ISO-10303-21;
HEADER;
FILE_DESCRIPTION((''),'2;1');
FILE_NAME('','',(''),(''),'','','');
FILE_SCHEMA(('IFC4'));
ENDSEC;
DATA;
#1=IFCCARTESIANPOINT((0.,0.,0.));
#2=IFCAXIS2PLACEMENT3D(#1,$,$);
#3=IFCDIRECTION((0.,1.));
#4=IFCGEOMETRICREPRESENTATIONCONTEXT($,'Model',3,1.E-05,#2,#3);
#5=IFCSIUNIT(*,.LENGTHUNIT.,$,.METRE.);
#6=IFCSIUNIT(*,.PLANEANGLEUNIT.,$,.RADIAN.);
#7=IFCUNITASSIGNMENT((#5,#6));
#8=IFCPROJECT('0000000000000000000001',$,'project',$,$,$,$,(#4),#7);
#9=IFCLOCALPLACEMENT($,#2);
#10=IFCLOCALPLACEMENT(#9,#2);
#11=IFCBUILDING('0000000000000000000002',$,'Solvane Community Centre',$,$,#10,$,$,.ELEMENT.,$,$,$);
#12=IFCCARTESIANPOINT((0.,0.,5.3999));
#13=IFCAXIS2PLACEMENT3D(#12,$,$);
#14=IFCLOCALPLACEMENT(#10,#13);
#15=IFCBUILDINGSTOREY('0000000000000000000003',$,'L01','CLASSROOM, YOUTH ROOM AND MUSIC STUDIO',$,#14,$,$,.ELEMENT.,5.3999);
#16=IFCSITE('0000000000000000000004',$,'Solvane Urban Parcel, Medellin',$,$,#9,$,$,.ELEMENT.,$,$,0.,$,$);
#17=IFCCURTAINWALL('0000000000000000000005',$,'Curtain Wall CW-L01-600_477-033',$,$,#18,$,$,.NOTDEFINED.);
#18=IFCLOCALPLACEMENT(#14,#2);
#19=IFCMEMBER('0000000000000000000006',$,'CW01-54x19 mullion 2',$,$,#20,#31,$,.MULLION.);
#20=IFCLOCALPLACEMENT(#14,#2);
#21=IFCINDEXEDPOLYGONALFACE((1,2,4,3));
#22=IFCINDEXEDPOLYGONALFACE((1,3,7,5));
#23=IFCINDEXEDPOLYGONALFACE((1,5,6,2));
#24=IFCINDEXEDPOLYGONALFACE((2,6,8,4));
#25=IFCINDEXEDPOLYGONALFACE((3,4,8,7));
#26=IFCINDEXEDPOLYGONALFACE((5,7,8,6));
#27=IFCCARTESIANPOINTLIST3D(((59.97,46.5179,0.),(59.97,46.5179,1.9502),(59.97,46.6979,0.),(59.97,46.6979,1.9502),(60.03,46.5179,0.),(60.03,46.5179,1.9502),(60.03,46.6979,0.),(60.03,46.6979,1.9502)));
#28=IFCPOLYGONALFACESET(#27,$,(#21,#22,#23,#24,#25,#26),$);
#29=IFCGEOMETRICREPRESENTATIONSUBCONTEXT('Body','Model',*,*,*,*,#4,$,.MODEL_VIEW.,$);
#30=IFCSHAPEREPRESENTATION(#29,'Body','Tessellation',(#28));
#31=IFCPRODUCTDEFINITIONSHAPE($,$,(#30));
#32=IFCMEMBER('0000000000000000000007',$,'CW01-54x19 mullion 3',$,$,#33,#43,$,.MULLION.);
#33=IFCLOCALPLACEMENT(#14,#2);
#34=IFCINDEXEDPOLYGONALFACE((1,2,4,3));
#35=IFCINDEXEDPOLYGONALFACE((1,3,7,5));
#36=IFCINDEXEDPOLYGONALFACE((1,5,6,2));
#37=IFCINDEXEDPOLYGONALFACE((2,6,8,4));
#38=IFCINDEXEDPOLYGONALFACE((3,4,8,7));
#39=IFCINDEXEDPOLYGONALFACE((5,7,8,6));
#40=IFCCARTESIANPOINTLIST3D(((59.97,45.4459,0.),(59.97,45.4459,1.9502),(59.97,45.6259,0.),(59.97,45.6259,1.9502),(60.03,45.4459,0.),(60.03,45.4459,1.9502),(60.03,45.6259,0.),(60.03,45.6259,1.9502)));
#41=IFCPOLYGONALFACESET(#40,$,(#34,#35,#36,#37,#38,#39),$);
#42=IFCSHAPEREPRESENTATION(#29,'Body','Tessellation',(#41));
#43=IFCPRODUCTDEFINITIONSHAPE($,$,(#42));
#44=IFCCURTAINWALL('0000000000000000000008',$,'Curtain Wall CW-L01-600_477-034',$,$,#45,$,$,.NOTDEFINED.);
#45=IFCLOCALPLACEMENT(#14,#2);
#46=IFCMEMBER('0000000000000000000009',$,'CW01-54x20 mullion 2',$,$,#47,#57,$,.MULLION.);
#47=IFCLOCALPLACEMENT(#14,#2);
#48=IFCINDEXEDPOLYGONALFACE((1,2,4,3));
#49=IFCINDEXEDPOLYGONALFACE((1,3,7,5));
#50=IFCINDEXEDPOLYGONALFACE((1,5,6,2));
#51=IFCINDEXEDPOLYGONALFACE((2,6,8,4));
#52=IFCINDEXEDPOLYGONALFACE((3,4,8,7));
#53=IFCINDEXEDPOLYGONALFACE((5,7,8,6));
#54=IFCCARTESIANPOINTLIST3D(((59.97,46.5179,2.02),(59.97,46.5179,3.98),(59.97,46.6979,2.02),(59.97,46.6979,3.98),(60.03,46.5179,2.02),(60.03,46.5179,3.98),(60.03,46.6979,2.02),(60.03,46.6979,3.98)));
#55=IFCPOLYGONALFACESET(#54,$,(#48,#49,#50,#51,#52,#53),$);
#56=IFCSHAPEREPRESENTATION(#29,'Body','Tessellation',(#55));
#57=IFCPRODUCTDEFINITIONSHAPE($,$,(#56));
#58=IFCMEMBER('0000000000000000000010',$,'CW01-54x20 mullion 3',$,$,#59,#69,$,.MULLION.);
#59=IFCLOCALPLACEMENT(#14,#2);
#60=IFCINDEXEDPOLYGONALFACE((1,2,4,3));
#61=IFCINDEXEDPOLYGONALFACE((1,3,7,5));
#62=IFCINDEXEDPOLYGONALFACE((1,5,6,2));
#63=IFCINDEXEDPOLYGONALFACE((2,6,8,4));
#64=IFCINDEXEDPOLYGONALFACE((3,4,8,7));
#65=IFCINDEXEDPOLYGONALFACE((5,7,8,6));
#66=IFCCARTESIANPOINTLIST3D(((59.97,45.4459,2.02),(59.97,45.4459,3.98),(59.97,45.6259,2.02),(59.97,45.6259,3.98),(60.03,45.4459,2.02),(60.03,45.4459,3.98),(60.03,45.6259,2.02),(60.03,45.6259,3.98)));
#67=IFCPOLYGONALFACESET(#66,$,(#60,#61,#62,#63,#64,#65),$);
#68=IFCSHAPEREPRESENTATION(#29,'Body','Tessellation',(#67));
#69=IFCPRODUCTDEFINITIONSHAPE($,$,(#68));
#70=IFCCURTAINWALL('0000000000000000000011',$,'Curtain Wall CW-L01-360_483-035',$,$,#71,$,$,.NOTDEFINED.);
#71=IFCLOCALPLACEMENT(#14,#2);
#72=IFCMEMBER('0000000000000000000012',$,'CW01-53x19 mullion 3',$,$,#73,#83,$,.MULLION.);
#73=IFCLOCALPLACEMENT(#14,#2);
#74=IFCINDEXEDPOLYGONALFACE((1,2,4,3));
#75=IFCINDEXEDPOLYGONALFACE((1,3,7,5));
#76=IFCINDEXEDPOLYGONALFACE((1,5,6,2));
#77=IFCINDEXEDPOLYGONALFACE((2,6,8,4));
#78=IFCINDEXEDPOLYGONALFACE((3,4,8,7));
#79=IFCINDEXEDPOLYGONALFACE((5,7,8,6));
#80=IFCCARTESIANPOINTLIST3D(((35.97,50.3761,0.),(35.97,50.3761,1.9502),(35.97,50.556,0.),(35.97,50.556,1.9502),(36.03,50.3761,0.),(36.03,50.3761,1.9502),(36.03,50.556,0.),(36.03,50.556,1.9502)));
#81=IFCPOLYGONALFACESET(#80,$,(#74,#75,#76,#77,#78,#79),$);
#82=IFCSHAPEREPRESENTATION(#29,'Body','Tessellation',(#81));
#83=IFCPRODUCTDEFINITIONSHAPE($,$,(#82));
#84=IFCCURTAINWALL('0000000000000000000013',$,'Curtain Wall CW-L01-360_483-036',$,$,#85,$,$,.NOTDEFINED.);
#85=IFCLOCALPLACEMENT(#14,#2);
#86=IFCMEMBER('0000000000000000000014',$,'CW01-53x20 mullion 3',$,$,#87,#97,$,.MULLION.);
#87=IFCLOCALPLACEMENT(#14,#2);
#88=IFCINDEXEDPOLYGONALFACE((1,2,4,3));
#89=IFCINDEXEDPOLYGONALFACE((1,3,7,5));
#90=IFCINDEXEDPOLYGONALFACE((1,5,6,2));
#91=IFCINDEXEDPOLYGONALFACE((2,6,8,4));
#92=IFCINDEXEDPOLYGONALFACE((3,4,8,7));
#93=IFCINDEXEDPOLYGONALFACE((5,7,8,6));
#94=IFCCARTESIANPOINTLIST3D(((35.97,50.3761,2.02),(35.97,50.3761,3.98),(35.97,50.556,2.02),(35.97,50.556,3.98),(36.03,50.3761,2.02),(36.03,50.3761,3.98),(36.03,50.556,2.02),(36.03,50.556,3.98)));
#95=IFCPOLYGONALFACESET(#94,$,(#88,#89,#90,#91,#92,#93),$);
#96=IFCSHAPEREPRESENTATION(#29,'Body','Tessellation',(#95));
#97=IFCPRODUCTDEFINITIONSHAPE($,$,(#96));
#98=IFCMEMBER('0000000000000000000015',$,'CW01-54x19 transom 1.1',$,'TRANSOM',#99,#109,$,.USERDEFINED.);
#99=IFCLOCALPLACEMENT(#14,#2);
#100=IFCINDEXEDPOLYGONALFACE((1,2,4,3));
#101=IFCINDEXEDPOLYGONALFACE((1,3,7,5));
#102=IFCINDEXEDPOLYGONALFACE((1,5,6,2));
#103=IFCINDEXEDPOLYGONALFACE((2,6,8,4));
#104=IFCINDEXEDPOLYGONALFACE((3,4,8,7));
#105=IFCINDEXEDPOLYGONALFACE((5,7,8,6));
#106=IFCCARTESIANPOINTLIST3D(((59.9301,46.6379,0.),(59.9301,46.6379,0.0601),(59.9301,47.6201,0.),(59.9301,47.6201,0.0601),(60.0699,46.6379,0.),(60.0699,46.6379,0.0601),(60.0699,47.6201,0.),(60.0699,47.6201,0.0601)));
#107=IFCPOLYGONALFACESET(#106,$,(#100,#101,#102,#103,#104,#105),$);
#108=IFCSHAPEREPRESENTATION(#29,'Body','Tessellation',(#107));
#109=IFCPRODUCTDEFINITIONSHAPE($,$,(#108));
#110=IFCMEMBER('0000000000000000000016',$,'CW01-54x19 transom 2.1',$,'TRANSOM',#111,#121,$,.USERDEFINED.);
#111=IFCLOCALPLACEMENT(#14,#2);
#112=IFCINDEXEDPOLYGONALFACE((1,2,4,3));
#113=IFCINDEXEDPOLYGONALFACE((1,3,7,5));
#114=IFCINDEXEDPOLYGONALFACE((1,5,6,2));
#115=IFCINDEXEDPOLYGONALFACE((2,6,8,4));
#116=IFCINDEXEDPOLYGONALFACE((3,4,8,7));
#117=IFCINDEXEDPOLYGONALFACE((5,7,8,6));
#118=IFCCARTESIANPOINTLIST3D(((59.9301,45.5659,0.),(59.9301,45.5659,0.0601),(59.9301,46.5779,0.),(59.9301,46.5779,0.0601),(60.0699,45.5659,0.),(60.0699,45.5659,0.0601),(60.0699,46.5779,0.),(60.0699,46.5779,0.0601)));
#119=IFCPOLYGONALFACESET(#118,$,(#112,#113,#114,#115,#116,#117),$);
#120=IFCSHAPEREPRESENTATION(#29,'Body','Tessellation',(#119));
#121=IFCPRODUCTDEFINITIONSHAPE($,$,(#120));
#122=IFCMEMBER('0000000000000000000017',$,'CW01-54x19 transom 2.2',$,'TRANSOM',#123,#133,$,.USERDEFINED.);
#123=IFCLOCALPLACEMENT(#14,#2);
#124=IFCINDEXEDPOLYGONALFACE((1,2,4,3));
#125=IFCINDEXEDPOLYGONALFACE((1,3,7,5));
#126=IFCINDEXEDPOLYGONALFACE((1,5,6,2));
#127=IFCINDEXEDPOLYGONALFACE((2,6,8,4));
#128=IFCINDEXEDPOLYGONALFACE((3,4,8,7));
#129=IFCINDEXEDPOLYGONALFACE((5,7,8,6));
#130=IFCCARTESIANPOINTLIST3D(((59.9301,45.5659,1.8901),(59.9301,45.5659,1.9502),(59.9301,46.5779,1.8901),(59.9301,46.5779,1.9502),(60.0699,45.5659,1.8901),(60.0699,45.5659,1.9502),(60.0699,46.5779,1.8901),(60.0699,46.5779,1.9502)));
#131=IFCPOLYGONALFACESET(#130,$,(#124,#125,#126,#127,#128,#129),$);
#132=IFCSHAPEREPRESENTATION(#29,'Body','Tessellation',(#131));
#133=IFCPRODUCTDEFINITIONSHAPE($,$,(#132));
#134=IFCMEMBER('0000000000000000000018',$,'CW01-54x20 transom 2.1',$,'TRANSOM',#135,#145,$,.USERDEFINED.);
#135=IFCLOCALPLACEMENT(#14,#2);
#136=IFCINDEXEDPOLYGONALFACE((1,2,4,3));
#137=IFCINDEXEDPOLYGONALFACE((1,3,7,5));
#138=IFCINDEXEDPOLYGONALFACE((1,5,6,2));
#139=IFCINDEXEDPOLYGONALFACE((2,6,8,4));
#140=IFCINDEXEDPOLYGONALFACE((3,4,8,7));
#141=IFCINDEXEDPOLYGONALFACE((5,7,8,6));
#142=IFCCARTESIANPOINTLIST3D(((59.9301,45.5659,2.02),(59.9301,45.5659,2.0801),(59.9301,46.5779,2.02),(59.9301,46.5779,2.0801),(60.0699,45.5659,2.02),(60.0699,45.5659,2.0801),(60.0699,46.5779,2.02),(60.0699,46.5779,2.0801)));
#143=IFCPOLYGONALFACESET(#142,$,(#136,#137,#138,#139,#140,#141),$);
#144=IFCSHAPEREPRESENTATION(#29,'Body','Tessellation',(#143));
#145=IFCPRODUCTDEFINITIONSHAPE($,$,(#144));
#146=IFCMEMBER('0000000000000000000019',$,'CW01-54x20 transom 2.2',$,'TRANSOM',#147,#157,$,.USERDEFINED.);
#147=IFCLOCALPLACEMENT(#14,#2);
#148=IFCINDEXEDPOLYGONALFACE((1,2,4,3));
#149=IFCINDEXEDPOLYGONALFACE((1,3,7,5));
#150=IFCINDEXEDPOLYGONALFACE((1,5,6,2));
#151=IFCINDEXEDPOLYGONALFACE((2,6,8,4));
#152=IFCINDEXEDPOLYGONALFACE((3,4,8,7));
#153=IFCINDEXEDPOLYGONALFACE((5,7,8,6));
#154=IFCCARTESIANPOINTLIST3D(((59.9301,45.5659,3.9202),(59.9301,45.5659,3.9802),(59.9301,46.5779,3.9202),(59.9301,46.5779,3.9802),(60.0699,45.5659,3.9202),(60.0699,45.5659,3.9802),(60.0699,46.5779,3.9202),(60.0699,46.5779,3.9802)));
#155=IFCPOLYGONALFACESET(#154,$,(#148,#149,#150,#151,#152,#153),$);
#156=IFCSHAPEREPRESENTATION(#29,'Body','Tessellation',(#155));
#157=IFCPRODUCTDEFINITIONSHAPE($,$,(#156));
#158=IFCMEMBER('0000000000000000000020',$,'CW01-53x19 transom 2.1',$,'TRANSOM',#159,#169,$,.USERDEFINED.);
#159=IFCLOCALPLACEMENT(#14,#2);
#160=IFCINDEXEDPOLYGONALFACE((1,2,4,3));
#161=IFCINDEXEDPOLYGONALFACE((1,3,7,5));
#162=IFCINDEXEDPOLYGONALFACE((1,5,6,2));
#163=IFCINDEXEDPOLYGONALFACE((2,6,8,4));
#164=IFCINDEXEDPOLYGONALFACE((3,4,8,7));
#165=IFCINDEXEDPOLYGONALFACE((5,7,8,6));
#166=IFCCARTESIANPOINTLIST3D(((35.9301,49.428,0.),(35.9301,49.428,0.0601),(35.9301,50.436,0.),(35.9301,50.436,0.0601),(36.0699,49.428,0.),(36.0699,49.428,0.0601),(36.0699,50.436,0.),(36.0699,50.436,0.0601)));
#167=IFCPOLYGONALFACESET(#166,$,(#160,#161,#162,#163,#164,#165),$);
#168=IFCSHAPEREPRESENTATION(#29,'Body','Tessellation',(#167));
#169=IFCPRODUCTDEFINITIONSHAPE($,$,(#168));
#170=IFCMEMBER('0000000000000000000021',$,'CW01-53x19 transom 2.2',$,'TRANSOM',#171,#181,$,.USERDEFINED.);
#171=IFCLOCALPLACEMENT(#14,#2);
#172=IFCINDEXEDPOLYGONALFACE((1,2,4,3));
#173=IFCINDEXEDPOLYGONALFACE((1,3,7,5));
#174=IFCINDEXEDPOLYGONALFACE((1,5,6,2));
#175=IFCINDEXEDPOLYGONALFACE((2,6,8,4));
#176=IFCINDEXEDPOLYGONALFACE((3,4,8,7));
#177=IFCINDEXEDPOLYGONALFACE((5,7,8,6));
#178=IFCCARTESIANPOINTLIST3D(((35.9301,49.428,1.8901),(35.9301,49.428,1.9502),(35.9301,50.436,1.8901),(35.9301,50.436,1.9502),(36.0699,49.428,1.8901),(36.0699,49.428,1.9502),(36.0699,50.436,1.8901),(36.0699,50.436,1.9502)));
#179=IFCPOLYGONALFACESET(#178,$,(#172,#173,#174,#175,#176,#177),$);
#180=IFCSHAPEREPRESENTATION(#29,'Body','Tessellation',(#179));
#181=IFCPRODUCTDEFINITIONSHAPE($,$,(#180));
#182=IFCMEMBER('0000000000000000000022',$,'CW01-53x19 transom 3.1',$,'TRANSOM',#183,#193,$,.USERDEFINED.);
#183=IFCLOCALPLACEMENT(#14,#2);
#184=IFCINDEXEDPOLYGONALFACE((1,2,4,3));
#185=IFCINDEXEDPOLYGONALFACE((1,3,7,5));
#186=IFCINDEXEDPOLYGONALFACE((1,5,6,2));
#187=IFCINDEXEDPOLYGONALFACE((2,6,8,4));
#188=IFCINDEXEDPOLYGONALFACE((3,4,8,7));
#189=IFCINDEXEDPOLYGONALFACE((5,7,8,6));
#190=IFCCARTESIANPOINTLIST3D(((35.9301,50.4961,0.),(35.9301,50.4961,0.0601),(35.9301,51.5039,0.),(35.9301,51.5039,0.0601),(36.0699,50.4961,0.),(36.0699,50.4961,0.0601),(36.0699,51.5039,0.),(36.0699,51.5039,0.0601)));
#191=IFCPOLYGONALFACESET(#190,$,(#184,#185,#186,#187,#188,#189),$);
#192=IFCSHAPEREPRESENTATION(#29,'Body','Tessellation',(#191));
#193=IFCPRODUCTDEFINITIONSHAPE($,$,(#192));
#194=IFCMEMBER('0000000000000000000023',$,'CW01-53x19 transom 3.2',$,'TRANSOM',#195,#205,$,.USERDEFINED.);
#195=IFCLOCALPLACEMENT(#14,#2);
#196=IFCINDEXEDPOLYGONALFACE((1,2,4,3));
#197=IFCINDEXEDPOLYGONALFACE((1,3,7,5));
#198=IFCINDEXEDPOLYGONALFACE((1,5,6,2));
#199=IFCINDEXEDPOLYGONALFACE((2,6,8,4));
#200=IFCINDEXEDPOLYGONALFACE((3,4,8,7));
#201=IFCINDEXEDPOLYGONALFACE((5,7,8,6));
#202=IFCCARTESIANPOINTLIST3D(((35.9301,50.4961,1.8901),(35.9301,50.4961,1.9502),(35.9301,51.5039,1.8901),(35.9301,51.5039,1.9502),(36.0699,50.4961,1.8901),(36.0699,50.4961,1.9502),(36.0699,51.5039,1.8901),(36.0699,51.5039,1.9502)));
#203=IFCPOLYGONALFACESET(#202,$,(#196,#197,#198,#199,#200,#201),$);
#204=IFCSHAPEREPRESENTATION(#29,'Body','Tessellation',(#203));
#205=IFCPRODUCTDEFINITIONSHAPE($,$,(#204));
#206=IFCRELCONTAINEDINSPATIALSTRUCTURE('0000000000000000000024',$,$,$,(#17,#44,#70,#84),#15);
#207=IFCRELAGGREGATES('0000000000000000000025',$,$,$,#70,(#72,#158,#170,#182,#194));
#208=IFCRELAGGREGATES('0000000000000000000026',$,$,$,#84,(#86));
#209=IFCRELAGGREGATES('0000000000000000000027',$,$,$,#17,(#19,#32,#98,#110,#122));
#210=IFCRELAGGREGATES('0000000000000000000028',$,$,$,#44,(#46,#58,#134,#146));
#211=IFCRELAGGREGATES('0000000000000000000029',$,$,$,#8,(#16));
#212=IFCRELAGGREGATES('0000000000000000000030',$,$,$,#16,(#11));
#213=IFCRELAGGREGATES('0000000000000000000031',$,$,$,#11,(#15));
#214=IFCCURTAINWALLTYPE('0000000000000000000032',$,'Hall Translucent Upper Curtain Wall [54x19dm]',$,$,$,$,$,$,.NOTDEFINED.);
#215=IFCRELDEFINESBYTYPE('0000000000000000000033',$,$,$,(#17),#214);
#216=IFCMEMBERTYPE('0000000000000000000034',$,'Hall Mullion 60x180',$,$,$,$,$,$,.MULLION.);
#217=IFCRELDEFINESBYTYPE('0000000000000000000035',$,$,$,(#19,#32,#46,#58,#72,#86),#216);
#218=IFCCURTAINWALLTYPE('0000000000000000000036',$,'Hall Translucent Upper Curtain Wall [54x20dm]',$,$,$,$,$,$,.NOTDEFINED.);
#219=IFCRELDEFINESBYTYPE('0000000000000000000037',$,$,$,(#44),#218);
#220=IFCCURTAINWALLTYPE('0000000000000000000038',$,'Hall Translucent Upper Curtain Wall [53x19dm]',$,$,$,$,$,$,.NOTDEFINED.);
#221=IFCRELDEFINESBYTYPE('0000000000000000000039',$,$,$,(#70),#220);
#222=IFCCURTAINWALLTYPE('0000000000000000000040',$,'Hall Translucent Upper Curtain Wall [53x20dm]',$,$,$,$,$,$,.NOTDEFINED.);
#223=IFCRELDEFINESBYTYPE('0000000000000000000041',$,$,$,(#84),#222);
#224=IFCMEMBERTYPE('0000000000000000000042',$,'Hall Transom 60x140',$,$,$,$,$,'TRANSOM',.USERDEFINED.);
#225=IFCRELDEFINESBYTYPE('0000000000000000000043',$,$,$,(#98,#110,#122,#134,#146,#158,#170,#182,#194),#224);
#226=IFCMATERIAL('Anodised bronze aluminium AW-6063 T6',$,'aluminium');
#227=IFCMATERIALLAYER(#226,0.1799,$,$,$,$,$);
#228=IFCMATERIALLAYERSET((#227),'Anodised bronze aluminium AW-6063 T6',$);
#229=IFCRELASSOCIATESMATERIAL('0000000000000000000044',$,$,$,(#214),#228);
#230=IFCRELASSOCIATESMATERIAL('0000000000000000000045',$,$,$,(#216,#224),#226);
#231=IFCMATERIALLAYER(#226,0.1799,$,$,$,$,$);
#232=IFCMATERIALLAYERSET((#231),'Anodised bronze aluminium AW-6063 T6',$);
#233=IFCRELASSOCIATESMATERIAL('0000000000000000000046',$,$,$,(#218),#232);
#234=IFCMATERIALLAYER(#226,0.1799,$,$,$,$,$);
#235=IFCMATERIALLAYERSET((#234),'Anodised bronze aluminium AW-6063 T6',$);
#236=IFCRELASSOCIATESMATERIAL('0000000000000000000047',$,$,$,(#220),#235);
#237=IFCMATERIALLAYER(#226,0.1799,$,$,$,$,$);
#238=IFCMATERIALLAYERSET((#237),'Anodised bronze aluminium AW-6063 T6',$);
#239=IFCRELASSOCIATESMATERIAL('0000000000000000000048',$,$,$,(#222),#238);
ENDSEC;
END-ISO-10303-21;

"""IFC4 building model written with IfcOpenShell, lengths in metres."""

from ifc_helpers import new_model, si_unit, direction, frame, origin, origin_2d, place, context, subcontext, project, spatial, rectangle, extrude, material, layer, layer_set, material_profile, profile_set, type_object, element, aggregate, save


model = new_model("IFC4")

# Units and contexts
model_context = context("Model", 3, precision=1e-05, world=origin(), true_north=direction((0.0, 1.0)))
body_context = subcontext(model_context, "Body", "Model", "MODEL_VIEW")
ifc_project = project(units=[si_unit("LENGTHUNIT", "METRE"), si_unit("PLANEANGLEUNIT", "RADIAN")], contexts=[model_context])

# Site, building, storey
site_placement = place(None, origin())
site = spatial("IfcSite", under=ifc_project, at=site_placement, Name="Solvane Urban Parcel, Medellin", CompositionType="ELEMENT", RefElevation=0.0)
building_placement = place(site_placement, origin())
building = spatial("IfcBuilding", under=site, at=building_placement, Name="Solvane Community Centre", CompositionType="ELEMENT")
storey_placement = place(building_placement, frame((0.0, 0.0, 5.3999)))
storey = spatial("IfcBuildingStorey", under=building, at=storey_placement, Name="L01", Description="CLASSROOM, YOUTH ROOM AND MUSIC STUDIO", CompositionType="ELEMENT", Elevation=5.3999)

# Curtain walls, members
ifc_material_1 = material(Name="Anodised bronze aluminium AW-6063 T6", Category="aluminium")
ifc_layer_1 = layer(ifc_material_1, 0.1799)
ifc_layer_set_1 = layer_set([ifc_layer_1], Name="Anodised bronze aluminium AW-6063 T6")
curtain_wall_type_1 = type_object("IfcCurtainWallType", Name="Hall Translucent Upper Curtain Wall [54x19dm]", PredefinedType="NOTDEFINED", material=ifc_layer_set_1)
curtain_wall_1_placement = place(storey_placement, origin())
curtain_wall_1 = element("IfcCurtainWall", 1, at=curtain_wall_1_placement, inside=storey, type_object=curtain_wall_type_1, Name="Curtain Wall CW-L01-600_477-033", PredefinedType="NOTDEFINED")
ifc_material_profile_1 = material_profile(ifc_material_1, rectangle(XDim=0.0601, YDim=0.1799, at=origin_2d()), Name="CW-M 60x180")
ifc_profile_set_1 = profile_set([ifc_material_profile_1], Name="Anodised bronze aluminium AW-6063 T6")
member_type_1 = type_object("IfcMemberType", Name="Hall Mullion 60x180", PredefinedType="MULLION", material=ifc_profile_set_1)
member_1_placement = place(storey_placement, frame((60.0, 46.6079, 0.0), z_axis=(0.0, 0.0, 1.0), x_axis=(1.0, 0.0, 0.0)))
member_1 = element("IfcMember", 2, at=member_1_placement, type_object=member_type_1, Name="CW01-54x19 mullion 2", PredefinedType="MULLION", context=body_context, shape_type="SweptSolid", body=[
    extrude(rectangle(XDim=0.0601, YDim=0.1799, at=origin_2d()), origin(), (0.0, 0.0, 1.0), 1.9502),
])
member_2_placement = place(storey_placement, frame((60.0, 45.5359, 0.0), z_axis=(0.0, 0.0, 1.0), x_axis=(1.0, 0.0, 0.0)))
member_2 = element("IfcMember", 3, at=member_2_placement, type_object=member_type_1, Name="CW01-54x19 mullion 3", PredefinedType="MULLION", context=body_context, shape_type="SweptSolid", body=[
    extrude(rectangle(XDim=0.0601, YDim=0.1799, at=origin_2d()), origin(), (0.0, 0.0, 1.0), 1.9502),
])
ifc_layer_2 = layer(ifc_material_1, 0.1799)
ifc_layer_set_2 = layer_set([ifc_layer_2], Name="Anodised bronze aluminium AW-6063 T6")
curtain_wall_type_2 = type_object("IfcCurtainWallType", Name="Hall Translucent Upper Curtain Wall [54x20dm]", PredefinedType="NOTDEFINED", material=ifc_layer_set_2)
curtain_wall_2_placement = place(storey_placement, origin())
curtain_wall_2 = element("IfcCurtainWall", 4, at=curtain_wall_2_placement, inside=storey, type_object=curtain_wall_type_2, Name="Curtain Wall CW-L01-600_477-034", PredefinedType="NOTDEFINED")
member_3_placement = place(storey_placement, frame((60.0, 46.6079, 2.02), z_axis=(0.0, 0.0, 1.0), x_axis=(1.0, 0.0, 0.0)))
member_3 = element("IfcMember", 5, at=member_3_placement, type_object=member_type_1, Name="CW01-54x20 mullion 2", PredefinedType="MULLION", context=body_context, shape_type="SweptSolid", body=[
    extrude(rectangle(XDim=0.0601, YDim=0.1799, at=origin_2d()), origin(), (0.0, 0.0, 1.0), 1.96),
])
member_4_placement = place(storey_placement, frame((60.0, 45.5359, 2.02), z_axis=(0.0, 0.0, 1.0), x_axis=(1.0, 0.0, 0.0)))
member_4 = element("IfcMember", 6, at=member_4_placement, type_object=member_type_1, Name="CW01-54x20 mullion 3", PredefinedType="MULLION", context=body_context, shape_type="SweptSolid", body=[
    extrude(rectangle(XDim=0.0601, YDim=0.1799, at=origin_2d()), origin(), (0.0, 0.0, 1.0), 1.96),
])

# Curtain walls, members
ifc_layer_3 = layer(ifc_material_1, 0.1799)
ifc_layer_set_3 = layer_set([ifc_layer_3], Name="Anodised bronze aluminium AW-6063 T6")
curtain_wall_type_3 = type_object("IfcCurtainWallType", Name="Hall Translucent Upper Curtain Wall [53x19dm]", PredefinedType="NOTDEFINED", material=ifc_layer_set_3)
curtain_wall_3_placement = place(storey_placement, origin())
curtain_wall_3 = element("IfcCurtainWall", 7, at=curtain_wall_3_placement, inside=storey, type_object=curtain_wall_type_3, Name="Curtain Wall CW-L01-360_483-035", PredefinedType="NOTDEFINED")
member_5_placement = place(storey_placement, frame((36.0, 50.4661, 0.0), z_axis=(0.0, 0.0, 1.0), x_axis=(-1.0, 0.0, 0.0)))
member_5 = element("IfcMember", 8, at=member_5_placement, type_object=member_type_1, Name="CW01-53x19 mullion 3", PredefinedType="MULLION", context=body_context, shape_type="SweptSolid", body=[
    extrude(rectangle(XDim=0.0601, YDim=0.1799, at=origin_2d()), origin(), (0.0, 0.0, 1.0), 1.9502),
])
ifc_layer_4 = layer(ifc_material_1, 0.1799)
ifc_layer_set_4 = layer_set([ifc_layer_4], Name="Anodised bronze aluminium AW-6063 T6")
curtain_wall_type_4 = type_object("IfcCurtainWallType", Name="Hall Translucent Upper Curtain Wall [53x20dm]", PredefinedType="NOTDEFINED", material=ifc_layer_set_4)
curtain_wall_4_placement = place(storey_placement, origin())
curtain_wall_4 = element("IfcCurtainWall", 9, at=curtain_wall_4_placement, inside=storey, type_object=curtain_wall_type_4, Name="Curtain Wall CW-L01-360_483-036", PredefinedType="NOTDEFINED")
member_6_placement = place(storey_placement, frame((36.0, 50.4661, 2.02), z_axis=(0.0, 0.0, 1.0), x_axis=(-1.0, 0.0, 0.0)))
member_6 = element("IfcMember", 10, at=member_6_placement, type_object=member_type_1, Name="CW01-53x20 mullion 3", PredefinedType="MULLION", context=body_context, shape_type="SweptSolid", body=[
    extrude(rectangle(XDim=0.0601, YDim=0.1799, at=origin_2d()), origin(), (0.0, 0.0, 1.0), 1.96),
])

# Members
ifc_material_profile_2 = material_profile(ifc_material_1, rectangle(XDim=0.1399, YDim=0.0601, at=origin_2d()), Name="CW-T 60x140")
ifc_profile_set_2 = profile_set([ifc_material_profile_2], Name="Anodised bronze aluminium AW-6063 T6")
member_type_2 = type_object("IfcMemberType", Name="Hall Transom 60x140", ElementType="TRANSOM", PredefinedType="USERDEFINED", material=ifc_profile_set_2)
member_7_placement = place(storey_placement, frame((60.0, 47.6201, 0.03), z_axis=(0.0, -1.0, 0.0), x_axis=(1.0, 0.0, 0.0)))
member_7 = element("IfcMember", 11, at=member_7_placement, type_object=member_type_2, Name="CW01-54x19 transom 1.1", ObjectType="TRANSOM", PredefinedType="USERDEFINED", context=body_context, shape_type="SweptSolid", body=[
    extrude(rectangle(XDim=0.1399, YDim=0.0601, at=origin_2d()), origin(), (0.0, 0.0, 1.0), 0.9822),
])
member_8_placement = place(storey_placement, frame((60.0, 46.5779, 0.03), z_axis=(0.0, -1.0, 0.0), x_axis=(1.0, 0.0, 0.0)))
member_8 = element("IfcMember", 12, at=member_8_placement, type_object=member_type_2, Name="CW01-54x19 transom 2.1", ObjectType="TRANSOM", PredefinedType="USERDEFINED", context=body_context, shape_type="SweptSolid", body=[
    extrude(rectangle(XDim=0.1399, YDim=0.0601, at=origin_2d()), origin(), (0.0, 0.0, 1.0), 1.012),
])
member_9_placement = place(storey_placement, frame((60.0, 46.5779, 1.9202), z_axis=(0.0, -1.0, 0.0), x_axis=(1.0, 0.0, 0.0)))
member_9 = element("IfcMember", 13, at=member_9_placement, type_object=member_type_2, Name="CW01-54x19 transom 2.2", ObjectType="TRANSOM", PredefinedType="USERDEFINED", context=body_context, shape_type="SweptSolid", body=[
    extrude(rectangle(XDim=0.1399, YDim=0.0601, at=origin_2d()), origin(), (0.0, 0.0, 1.0), 1.012),
])
member_10_placement = place(storey_placement, frame((60.0, 46.5779, 2.05), z_axis=(0.0, -1.0, 0.0), x_axis=(1.0, 0.0, 0.0)))
member_10 = element("IfcMember", 14, at=member_10_placement, type_object=member_type_2, Name="CW01-54x20 transom 2.1", ObjectType="TRANSOM", PredefinedType="USERDEFINED", context=body_context, shape_type="SweptSolid", body=[
    extrude(rectangle(XDim=0.1399, YDim=0.0601, at=origin_2d()), origin(), (0.0, 0.0, 1.0), 1.012),
])
member_11_placement = place(storey_placement, frame((60.0, 46.5779, 3.9502), z_axis=(0.0, -1.0, 0.0), x_axis=(1.0, 0.0, 0.0)))
member_11 = element("IfcMember", 15, at=member_11_placement, type_object=member_type_2, Name="CW01-54x20 transom 2.2", ObjectType="TRANSOM", PredefinedType="USERDEFINED", context=body_context, shape_type="SweptSolid", body=[
    extrude(rectangle(XDim=0.1399, YDim=0.0601, at=origin_2d()), origin(), (0.0, 0.0, 1.0), 1.012),
])
member_12_placement = place(storey_placement, frame((36.0, 49.428, 0.03), z_axis=(0.0, 1.0, 0.0), x_axis=(-1.0, 0.0, 0.0)))
member_12 = element("IfcMember", 16, at=member_12_placement, type_object=member_type_2, Name="CW01-53x19 transom 2.1", ObjectType="TRANSOM", PredefinedType="USERDEFINED", context=body_context, shape_type="SweptSolid", body=[
    extrude(rectangle(XDim=0.1399, YDim=0.0601, at=origin_2d()), origin(), (0.0, 0.0, 1.0), 1.0081),
])
member_13_placement = place(storey_placement, frame((36.0, 49.428, 1.9202), z_axis=(0.0, 1.0, 0.0), x_axis=(-1.0, 0.0, 0.0)))
member_13 = element("IfcMember", 17, at=member_13_placement, type_object=member_type_2, Name="CW01-53x19 transom 2.2", ObjectType="TRANSOM", PredefinedType="USERDEFINED", context=body_context, shape_type="SweptSolid", body=[
    extrude(rectangle(XDim=0.1399, YDim=0.0601, at=origin_2d()), origin(), (0.0, 0.0, 1.0), 1.0081),
])
member_14_placement = place(storey_placement, frame((36.0, 50.4961, 0.03), z_axis=(0.0, 1.0, 0.0), x_axis=(-1.0, 0.0, 0.0)))
member_14 = element("IfcMember", 18, at=member_14_placement, type_object=member_type_2, Name="CW01-53x19 transom 3.1", ObjectType="TRANSOM", PredefinedType="USERDEFINED", context=body_context, shape_type="SweptSolid", body=[
    extrude(rectangle(XDim=0.1399, YDim=0.0601, at=origin_2d()), origin(), (0.0, 0.0, 1.0), 1.0078),
])
member_15_placement = place(storey_placement, frame((36.0, 50.4961, 1.9202), z_axis=(0.0, 1.0, 0.0), x_axis=(-1.0, 0.0, 0.0)))
member_15 = element("IfcMember", 19, at=member_15_placement, type_object=member_type_2, Name="CW01-53x19 transom 3.2", ObjectType="TRANSOM", PredefinedType="USERDEFINED", context=body_context, shape_type="SweptSolid", body=[
    extrude(rectangle(XDim=0.1399, YDim=0.0601, at=origin_2d()), origin(), (0.0, 0.0, 1.0), 1.0078),
])

aggregate(curtain_wall_3, [member_5, member_12, member_13, member_14, member_15])
aggregate(curtain_wall_4, [member_6])
aggregate(curtain_wall_1, [member_1, member_2, member_7, member_8, member_9])
aggregate(curtain_wall_2, [member_3, member_4, member_10, member_11])

save(model, "model.ifc")
